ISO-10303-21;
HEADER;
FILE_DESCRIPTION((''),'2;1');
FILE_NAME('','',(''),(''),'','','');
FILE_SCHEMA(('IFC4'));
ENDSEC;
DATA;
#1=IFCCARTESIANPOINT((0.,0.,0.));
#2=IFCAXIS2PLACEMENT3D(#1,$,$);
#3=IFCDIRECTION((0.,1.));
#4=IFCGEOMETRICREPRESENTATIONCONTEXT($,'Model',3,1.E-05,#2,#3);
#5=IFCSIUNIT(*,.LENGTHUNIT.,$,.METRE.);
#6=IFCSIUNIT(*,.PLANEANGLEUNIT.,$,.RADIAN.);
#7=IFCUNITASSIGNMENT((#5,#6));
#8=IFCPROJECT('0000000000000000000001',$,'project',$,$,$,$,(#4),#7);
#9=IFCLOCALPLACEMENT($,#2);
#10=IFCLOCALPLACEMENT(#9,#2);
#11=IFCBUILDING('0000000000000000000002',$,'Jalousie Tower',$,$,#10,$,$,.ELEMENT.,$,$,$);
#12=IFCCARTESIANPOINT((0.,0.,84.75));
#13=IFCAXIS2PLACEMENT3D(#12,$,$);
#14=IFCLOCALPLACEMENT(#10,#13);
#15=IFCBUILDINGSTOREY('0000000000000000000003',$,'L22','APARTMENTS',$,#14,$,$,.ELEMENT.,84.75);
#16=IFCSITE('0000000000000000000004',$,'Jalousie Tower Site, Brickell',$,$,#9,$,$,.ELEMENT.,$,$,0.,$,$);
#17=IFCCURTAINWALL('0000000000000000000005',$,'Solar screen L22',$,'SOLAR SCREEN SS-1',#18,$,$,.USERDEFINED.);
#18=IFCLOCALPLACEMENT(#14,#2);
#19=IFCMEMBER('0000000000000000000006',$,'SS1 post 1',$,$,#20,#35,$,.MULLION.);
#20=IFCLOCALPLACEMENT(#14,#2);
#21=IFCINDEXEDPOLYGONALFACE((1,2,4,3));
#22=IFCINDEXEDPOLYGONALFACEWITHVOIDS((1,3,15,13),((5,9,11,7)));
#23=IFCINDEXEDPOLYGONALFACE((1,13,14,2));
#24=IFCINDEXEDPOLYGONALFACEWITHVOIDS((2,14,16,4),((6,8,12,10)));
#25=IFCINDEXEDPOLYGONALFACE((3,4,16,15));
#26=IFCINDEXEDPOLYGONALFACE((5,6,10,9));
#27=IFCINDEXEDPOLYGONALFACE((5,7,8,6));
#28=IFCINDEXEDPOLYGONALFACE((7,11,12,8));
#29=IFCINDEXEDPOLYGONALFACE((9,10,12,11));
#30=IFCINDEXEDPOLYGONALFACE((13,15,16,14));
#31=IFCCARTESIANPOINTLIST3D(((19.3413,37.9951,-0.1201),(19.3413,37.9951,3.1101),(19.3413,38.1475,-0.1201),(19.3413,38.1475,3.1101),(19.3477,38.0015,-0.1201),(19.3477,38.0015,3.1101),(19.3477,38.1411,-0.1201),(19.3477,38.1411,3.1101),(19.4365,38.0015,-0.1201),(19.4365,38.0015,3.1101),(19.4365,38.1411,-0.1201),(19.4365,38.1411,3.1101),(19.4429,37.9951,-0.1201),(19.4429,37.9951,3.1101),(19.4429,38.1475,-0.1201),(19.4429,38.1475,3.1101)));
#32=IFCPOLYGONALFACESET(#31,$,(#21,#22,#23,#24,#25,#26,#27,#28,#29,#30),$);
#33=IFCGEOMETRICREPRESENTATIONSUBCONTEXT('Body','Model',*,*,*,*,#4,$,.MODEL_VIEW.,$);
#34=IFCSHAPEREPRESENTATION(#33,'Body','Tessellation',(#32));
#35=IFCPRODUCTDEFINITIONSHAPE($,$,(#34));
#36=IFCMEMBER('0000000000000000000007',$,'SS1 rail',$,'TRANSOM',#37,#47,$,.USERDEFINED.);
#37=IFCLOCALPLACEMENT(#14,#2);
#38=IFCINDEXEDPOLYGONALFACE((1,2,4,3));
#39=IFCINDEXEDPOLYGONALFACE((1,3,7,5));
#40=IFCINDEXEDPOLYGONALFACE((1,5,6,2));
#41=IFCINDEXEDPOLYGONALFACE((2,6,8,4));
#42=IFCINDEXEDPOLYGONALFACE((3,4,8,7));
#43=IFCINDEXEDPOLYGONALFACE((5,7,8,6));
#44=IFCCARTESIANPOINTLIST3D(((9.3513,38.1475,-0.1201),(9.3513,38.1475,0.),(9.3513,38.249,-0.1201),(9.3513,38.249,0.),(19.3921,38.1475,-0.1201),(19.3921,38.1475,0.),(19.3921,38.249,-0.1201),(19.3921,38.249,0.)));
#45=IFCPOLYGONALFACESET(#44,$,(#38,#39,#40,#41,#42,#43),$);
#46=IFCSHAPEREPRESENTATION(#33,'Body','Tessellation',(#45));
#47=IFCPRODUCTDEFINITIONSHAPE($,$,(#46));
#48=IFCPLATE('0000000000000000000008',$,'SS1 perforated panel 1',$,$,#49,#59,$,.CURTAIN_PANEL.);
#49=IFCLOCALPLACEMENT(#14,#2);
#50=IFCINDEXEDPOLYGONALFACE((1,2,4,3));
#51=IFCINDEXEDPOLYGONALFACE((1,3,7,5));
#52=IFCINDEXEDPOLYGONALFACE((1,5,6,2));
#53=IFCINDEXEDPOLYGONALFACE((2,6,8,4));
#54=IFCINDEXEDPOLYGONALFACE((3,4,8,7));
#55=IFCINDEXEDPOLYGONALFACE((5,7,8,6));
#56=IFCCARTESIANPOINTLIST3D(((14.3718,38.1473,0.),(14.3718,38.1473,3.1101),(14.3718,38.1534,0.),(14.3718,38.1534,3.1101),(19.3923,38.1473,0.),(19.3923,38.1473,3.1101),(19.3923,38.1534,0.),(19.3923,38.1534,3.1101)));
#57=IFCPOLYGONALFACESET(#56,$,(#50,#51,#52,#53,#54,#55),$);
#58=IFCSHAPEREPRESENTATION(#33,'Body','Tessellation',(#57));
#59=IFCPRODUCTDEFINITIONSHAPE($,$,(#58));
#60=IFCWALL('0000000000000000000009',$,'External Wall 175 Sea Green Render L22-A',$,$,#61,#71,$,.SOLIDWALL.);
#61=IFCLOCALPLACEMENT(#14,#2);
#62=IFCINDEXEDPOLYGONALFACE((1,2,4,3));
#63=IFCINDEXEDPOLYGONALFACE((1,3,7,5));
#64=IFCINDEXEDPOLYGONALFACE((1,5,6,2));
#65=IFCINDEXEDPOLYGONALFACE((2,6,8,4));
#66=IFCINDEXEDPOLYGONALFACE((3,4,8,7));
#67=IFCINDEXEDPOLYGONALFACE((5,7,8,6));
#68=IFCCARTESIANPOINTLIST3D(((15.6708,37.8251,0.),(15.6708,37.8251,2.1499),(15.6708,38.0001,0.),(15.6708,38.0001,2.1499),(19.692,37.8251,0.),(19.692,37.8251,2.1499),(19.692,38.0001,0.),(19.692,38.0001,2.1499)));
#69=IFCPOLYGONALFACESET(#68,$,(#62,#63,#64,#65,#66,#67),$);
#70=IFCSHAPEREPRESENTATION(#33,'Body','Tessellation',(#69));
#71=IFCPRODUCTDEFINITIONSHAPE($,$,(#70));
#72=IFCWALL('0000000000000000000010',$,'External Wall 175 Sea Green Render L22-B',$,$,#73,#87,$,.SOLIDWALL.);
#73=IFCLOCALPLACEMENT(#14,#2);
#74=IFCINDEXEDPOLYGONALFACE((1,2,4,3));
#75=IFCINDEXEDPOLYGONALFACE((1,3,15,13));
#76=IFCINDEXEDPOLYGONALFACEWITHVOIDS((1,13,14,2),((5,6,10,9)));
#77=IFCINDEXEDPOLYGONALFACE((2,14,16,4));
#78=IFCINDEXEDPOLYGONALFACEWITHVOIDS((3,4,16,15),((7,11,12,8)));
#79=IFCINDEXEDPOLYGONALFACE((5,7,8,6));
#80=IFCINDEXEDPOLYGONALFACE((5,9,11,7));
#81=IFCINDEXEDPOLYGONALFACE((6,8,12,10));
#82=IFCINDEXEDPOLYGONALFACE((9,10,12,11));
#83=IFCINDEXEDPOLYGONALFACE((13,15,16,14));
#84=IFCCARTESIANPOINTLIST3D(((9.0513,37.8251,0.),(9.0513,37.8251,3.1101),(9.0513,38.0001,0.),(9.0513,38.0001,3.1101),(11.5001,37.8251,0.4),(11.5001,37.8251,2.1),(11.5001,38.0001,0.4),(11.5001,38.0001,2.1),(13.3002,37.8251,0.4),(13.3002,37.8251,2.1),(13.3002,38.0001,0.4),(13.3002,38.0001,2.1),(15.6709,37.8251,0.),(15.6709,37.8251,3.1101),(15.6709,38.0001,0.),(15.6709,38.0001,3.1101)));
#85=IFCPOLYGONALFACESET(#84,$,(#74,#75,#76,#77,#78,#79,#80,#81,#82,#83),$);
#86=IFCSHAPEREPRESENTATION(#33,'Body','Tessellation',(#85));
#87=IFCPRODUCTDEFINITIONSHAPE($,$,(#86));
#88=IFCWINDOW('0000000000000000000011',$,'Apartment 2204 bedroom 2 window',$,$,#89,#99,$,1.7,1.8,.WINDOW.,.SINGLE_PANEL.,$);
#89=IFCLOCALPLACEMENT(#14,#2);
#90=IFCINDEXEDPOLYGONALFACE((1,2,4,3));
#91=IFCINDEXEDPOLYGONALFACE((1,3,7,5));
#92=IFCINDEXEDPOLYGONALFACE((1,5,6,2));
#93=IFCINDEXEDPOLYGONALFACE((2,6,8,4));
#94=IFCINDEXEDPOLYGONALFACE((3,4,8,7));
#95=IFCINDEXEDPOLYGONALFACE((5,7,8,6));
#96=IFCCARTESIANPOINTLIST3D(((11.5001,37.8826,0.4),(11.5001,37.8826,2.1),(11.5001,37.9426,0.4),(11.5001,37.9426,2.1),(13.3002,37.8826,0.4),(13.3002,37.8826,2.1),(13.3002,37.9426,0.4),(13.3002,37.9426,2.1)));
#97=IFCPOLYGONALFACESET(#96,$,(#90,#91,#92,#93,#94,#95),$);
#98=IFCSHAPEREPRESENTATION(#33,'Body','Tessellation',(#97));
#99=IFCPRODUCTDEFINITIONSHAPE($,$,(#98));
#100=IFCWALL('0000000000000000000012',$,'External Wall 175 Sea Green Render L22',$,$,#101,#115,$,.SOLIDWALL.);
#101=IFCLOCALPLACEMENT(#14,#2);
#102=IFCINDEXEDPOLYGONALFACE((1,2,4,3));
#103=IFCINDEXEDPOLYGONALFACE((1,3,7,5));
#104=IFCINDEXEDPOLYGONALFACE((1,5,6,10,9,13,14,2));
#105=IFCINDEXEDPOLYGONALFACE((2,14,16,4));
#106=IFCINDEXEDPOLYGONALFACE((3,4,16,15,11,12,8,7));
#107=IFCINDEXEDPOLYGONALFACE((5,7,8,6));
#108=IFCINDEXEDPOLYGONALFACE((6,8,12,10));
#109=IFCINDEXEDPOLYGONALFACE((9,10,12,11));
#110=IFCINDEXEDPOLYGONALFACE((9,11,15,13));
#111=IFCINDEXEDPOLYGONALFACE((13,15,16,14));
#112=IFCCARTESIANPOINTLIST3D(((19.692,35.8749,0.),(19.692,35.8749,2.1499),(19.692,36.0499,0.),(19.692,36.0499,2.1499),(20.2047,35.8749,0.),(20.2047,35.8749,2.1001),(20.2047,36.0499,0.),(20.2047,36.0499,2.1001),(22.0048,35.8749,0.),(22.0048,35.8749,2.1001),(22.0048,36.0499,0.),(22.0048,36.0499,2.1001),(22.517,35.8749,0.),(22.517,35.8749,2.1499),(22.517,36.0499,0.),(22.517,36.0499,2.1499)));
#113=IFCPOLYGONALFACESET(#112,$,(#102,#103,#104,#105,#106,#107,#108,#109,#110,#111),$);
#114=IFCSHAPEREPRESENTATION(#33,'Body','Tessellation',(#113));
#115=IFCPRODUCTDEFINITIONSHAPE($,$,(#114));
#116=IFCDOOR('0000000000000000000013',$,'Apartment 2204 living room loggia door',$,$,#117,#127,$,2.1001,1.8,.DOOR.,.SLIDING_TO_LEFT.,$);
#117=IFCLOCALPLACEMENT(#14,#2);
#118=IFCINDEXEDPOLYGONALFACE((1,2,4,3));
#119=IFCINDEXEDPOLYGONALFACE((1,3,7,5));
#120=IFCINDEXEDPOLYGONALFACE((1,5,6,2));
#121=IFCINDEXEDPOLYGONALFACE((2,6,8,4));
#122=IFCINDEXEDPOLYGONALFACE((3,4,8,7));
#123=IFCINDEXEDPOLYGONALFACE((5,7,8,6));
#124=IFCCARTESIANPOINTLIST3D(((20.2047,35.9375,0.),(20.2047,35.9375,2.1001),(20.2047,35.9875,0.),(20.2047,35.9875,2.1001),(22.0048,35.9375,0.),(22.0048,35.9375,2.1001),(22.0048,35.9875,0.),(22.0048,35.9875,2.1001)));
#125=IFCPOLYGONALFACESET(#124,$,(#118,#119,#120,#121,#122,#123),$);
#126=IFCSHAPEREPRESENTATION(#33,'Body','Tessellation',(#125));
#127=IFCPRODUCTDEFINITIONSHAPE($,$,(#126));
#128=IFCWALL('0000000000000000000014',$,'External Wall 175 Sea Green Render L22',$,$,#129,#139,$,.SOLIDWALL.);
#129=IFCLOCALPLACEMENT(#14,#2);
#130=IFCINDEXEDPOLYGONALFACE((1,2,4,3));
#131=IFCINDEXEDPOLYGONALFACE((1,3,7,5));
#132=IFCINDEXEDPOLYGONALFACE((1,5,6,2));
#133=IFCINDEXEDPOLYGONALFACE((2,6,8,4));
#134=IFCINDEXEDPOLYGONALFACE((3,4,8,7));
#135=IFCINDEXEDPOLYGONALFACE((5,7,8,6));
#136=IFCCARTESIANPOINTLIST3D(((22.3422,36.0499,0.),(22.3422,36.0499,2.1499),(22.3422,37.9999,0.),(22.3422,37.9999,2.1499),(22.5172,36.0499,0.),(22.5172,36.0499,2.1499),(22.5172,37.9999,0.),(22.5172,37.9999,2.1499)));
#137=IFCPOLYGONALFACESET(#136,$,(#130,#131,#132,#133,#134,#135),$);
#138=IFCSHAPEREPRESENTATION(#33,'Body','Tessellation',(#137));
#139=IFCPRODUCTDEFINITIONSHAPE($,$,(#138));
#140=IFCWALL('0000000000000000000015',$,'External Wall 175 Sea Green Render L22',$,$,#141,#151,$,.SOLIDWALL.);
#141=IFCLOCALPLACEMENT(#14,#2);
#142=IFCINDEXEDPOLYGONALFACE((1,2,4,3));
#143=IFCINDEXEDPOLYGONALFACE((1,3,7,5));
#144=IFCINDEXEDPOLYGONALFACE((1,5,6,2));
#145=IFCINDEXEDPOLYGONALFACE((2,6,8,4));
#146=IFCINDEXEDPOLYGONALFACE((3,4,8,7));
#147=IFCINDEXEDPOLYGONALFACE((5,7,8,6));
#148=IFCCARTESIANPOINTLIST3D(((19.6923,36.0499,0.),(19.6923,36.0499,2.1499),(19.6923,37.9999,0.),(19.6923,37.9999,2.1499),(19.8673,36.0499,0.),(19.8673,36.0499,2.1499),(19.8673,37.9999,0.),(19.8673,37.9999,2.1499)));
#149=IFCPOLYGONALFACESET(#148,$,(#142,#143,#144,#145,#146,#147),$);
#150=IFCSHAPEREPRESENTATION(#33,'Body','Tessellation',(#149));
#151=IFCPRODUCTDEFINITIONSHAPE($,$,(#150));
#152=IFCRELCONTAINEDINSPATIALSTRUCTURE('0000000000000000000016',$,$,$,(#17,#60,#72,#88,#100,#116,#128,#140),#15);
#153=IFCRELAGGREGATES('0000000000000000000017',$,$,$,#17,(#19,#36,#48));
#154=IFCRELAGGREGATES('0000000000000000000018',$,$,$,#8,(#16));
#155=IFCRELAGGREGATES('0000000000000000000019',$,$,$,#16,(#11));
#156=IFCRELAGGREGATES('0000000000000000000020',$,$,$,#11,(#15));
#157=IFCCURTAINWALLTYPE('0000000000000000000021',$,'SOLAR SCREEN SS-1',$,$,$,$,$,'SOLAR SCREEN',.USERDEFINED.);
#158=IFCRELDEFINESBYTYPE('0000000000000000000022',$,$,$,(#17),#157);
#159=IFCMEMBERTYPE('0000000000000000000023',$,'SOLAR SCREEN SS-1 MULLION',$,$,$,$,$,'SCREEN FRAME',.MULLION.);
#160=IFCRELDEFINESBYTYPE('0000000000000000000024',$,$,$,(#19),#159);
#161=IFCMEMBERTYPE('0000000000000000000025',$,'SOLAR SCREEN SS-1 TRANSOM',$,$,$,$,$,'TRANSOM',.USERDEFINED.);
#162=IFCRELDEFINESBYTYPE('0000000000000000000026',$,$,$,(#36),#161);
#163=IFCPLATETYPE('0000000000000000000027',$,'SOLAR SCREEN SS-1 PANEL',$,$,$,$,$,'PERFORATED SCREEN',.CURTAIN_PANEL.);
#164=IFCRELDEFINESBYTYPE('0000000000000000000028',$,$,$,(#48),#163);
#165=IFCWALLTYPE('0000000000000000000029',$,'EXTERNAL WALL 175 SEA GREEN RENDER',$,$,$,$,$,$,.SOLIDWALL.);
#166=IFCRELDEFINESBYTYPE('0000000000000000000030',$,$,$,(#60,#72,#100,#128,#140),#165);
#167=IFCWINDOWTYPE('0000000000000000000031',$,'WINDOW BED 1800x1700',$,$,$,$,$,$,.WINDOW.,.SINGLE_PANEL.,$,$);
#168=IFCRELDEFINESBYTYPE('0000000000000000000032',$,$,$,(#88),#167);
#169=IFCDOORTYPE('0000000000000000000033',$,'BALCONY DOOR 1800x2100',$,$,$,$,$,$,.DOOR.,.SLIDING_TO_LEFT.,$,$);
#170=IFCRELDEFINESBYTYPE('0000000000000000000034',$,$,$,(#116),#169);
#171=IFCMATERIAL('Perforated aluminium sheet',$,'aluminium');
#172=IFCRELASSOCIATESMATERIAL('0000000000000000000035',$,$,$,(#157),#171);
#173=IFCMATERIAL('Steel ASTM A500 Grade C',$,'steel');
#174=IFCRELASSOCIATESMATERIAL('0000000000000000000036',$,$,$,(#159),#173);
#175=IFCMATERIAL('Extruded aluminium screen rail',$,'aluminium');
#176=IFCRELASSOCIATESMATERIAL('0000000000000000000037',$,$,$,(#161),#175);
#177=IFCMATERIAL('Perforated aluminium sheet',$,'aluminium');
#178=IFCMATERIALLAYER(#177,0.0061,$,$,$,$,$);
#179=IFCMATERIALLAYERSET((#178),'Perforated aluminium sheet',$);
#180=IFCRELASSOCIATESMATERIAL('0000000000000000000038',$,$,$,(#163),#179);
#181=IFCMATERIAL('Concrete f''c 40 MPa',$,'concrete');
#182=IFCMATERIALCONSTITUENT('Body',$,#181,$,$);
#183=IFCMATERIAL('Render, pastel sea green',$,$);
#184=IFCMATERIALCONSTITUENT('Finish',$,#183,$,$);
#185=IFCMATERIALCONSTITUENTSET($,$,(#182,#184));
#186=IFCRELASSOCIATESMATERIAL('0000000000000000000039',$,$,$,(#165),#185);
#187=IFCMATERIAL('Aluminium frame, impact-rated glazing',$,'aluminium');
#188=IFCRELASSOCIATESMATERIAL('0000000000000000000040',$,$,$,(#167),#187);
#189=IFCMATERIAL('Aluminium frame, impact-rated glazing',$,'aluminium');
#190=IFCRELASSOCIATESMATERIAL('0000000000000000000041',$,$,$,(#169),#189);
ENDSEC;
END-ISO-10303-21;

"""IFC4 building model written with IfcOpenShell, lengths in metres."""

from ifc_helpers import new_model, si_unit, direction, frame, frame_2d, origin, origin_2d, place, context, subcontext, project, spatial, rectangle, hollow_rectangle, extrude, material, layer, layer_set, constituent, constituent_set, material_profile, profile_set, type_object, element, fill, aggregate, save


model = new_model("IFC4")

# Units and contexts
model_context = context("Model", 3, precision=1e-05, world=origin(), true_north=direction((0.0, 1.0)))
body_context = subcontext(model_context, "Body", "Model", "MODEL_VIEW")
ifc_project = project(units=[si_unit("LENGTHUNIT", "METRE"), si_unit("PLANEANGLEUNIT", "RADIAN")], contexts=[model_context])

# Site, building, storey
site_placement = place(None, origin())
site = spatial("IfcSite", under=ifc_project, at=site_placement, Name="Jalousie Tower Site, Brickell", CompositionType="ELEMENT", RefElevation=0.0)
building_placement = place(site_placement, origin())
building = spatial("IfcBuilding", under=site, at=building_placement, Name="Jalousie Tower", CompositionType="ELEMENT")
storey_placement = place(building_placement, frame((0.0, 0.0, 84.75)))
storey = spatial("IfcBuildingStorey", under=building, at=storey_placement, Name="L22", Description="APARTMENTS", CompositionType="ELEMENT", Elevation=84.75)

# Shared definitions
ifc_material_1 = material(Name="Perforated aluminium sheet", Category="aluminium")
curtain_wall_type = type_object("IfcCurtainWallType", Name="SOLAR SCREEN SS-1", ElementType="SOLAR SCREEN", PredefinedType="USERDEFINED", material=ifc_material_1)
ifc_material_2 = material(Name="Steel ASTM A500 Grade C", Category="steel")
ifc_material_profile_1 = material_profile(ifc_material_2, hollow_rectangle(XDim=0.1016, YDim=0.1523, WallThickness=0.0063, at=origin_2d()), Name="HSS6X4X1/4")
ifc_profile_set_1 = profile_set([ifc_material_profile_1], Name="Steel ASTM A500 Grade C")
member_type_1 = type_object("IfcMemberType", Name="SOLAR SCREEN SS-1 MULLION", ElementType="SCREEN FRAME", PredefinedType="MULLION", material=ifc_profile_set_1)

# Curtain wall, members, plate
curtain_wall_1_placement = place(storey_placement, origin())
curtain_wall_1 = element("IfcCurtainWall", 1, at=curtain_wall_1_placement, inside=storey, type_object=curtain_wall_type, Name="Solar screen L22", ObjectType="SOLAR SCREEN SS-1", PredefinedType="USERDEFINED")
member_1_placement = place(storey_placement, frame((19.3921, 38.0713, -0.1201), z_axis=(0.0, 0.0, 1.0), x_axis=(-1.0, 0.0, 0.0)))
member_1 = element("IfcMember", 2, at=member_1_placement, type_object=member_type_1, Name="SS1 post 1", PredefinedType="MULLION", context=body_context, shape_type="SweptSolid", body=[
    extrude(hollow_rectangle(XDim=0.1016, YDim=0.1523, WallThickness=0.0063, at=origin_2d()), origin(), (0.0, 0.0, 1.0), 3.2302),
])
ifc_material_3 = material(Name="Extruded aluminium screen rail", Category="aluminium")
ifc_material_profile_2 = material_profile(ifc_material_3, rectangle(XDim=0.1016, YDim=0.1201, at=origin_2d()), Name="RAIL 102x120")
ifc_profile_set_2 = profile_set([ifc_material_profile_2], Name="Extruded aluminium screen rail")
member_type_2 = type_object("IfcMemberType", Name="SOLAR SCREEN SS-1 TRANSOM", ElementType="TRANSOM", PredefinedType="USERDEFINED", material=ifc_profile_set_2)
member_2_placement = place(storey_placement, frame((19.3921, 38.1982, -0.0601), z_axis=(-1.0, 0.0, 0.0), x_axis=(0.0, -1.0, 0.0)))
member_2 = element("IfcMember", 3, at=member_2_placement, type_object=member_type_2, Name="SS1 rail", ObjectType="TRANSOM", PredefinedType="USERDEFINED", context=body_context, shape_type="SweptSolid", body=[
    extrude(rectangle(XDim=0.1016, YDim=0.1201, at=origin_2d()), origin(), (0.0, 0.0, 1.0), 10.0408),
])
ifc_material_4 = material(Name="Perforated aluminium sheet", Category="aluminium")
ifc_layer_1 = layer(ifc_material_4, 0.0061)
ifc_layer_set_1 = layer_set([ifc_layer_1], Name="Perforated aluminium sheet")
plate_type = type_object("IfcPlateType", Name="SOLAR SCREEN SS-1 PANEL", ElementType="PERFORATED SCREEN", PredefinedType="CURTAIN_PANEL", material=ifc_layer_set_1)
plate_placement = place(storey_placement, frame((16.8821, 38.1504, 0.0), z_axis=(0.0, 0.0, 1.0), x_axis=(-1.0, 0.0, 0.0)))
plate = element("IfcPlate", 4, at=plate_placement, type_object=plate_type, Name="SS1 perforated panel 1", PredefinedType="CURTAIN_PANEL", context=body_context, shape_type="SweptSolid", body=[
    extrude(rectangle(XDim=5.0205, YDim=0.0061, at=origin_2d()), origin(), (0.0, 0.0, 1.0), 3.1101),
])
aggregate(curtain_wall_1, [member_1, member_2, plate])

# Wall
ifc_material_5 = material(Name="Concrete f'c 40 MPa", Category="concrete")
ifc_constituent_1 = constituent(ifc_material_5, Name="Body")
ifc_material_6 = material(Name="Render, pastel sea green")
ifc_constituent_2 = constituent(ifc_material_6, Name="Finish")
ifc_constituent_set_1 = constituent_set(constituents=[ifc_constituent_1, ifc_constituent_2])
wall_type_1 = type_object("IfcWallType", Name="EXTERNAL WALL 175 SEA GREEN RENDER", PredefinedType="SOLIDWALL", material=ifc_constituent_set_1)
wall_1_placement = place(storey_placement, frame((19.6921, 37.9126, 0.0), z_axis=(0.0, 0.0, 1.0), x_axis=(-1.0, 0.0, 0.0)))
element("IfcWall", 5, at=wall_1_placement, inside=storey, type_object=wall_type_1, Name="External Wall 175 Sea Green Render L22-A", PredefinedType="SOLIDWALL", context=body_context, shape_type="SweptSolid", body=[
    extrude(rectangle(XDim=4.0212, YDim=0.175, at=frame_2d((2.0107, 0.0))), origin(), (0.0, 0.0, 1.0), 2.1499),
])

# Wall, opening, window
wall_2_placement = place(storey_placement, frame((15.6709, 37.9126, 0.0), z_axis=(0.0, 0.0, 1.0), x_axis=(-1.0, 0.0, 0.0)))
wall_2 = element("IfcWall", 6, at=wall_2_placement, inside=storey, type_object=wall_type_1, Name="External Wall 175 Sea Green Render L22-B", PredefinedType="SOLIDWALL", context=body_context, shape_type="SweptSolid", body=[
    extrude(rectangle(XDim=6.6196, YDim=0.175, at=frame_2d((3.3098, 0.0))), origin(), (0.0, 0.0, 1.0), 3.1101),
])
opening_1_placement = place(wall_2_placement, frame((2.3708, 0.0, 0.3999)))
opening_1 = element("IfcOpeningElement", 7, at=opening_1_placement, cuts=wall_2, PredefinedType="OPENING", context=body_context, shape_type="SweptSolid", body=[
    extrude(rectangle(XDim=1.8, YDim=1.7, at=frame_2d((0.8999, 0.8501))), frame((0.0, 0.0974, 0.0), z_axis=(0.0, -1.0, 0.0), x_axis=(1.0, 0.0, 0.0)), (0.0, 0.0, 1.0), 0.1951),
])
ifc_material_7 = material(Name="Aluminium frame, impact-rated glazing", Category="aluminium")
window_type = type_object("IfcWindowType", Name="WINDOW BED 1800x1700", PartitioningType="SINGLE_PANEL", PredefinedType="WINDOW", material=ifc_material_7)
window_placement = place(opening_1_placement, origin())
window = element("IfcWindow", 8, at=window_placement, inside=storey, type_object=window_type, Name="Apartment 2204 bedroom 2 window", OverallHeight=1.7, OverallWidth=1.8, PartitioningType="SINGLE_PANEL", PredefinedType="WINDOW", context=body_context, shape_type="SweptSolid", body=[
    extrude(rectangle(XDim=1.8, YDim=1.7, at=frame_2d((0.8999, 0.8501))), frame((0.0, 0.03, 0.0), z_axis=(0.0, -1.0, 0.0), x_axis=(1.0, 0.0, 0.0)), (0.0, 0.0, 1.0), 0.0601),
])
fill(opening_1, window)

# Wall, opening, door
wall_3_placement = place(storey_placement, frame((22.5171, 35.9624, 0.0), z_axis=(0.0, 0.0, 1.0), x_axis=(-1.0, 0.0, 0.0)))
wall_3 = element("IfcWall", 9, at=wall_3_placement, inside=storey, type_object=wall_type_1, Name="External Wall 175 Sea Green Render L22", PredefinedType="SOLIDWALL", context=body_context, shape_type="SweptSolid", body=[
    extrude(rectangle(XDim=2.825, YDim=0.175, at=frame_2d((1.4126, 0.0))), origin(), (0.0, 0.0, 1.0), 2.1499),
])
opening_2_placement = place(wall_3_placement, frame((0.5125, 0.0, 0.0)))
opening_2 = element("IfcOpeningElement", 10, at=opening_2_placement, cuts=wall_3, PredefinedType="OPENING", context=body_context, shape_type="SweptSolid", body=[
    extrude(rectangle(XDim=1.8, YDim=2.1001, at=frame_2d((0.8999, 1.05))), frame((0.0, 0.0974, 0.0), z_axis=(0.0, -1.0, 0.0), x_axis=(1.0, 0.0, 0.0)), (0.0, 0.0, 1.0), 0.1951),
])
ifc_material_8 = material(Name="Aluminium frame, impact-rated glazing", Category="aluminium")
door_type_1 = type_object("IfcDoorType", Name="BALCONY DOOR 1800x2100", OperationType="SLIDING_TO_LEFT", PredefinedType="DOOR", material=ifc_material_8)
door_1_placement = place(opening_2_placement, origin())
door_1 = element("IfcDoor", 11, at=door_1_placement, inside=storey, type_object=door_type_1, Name="Apartment 2204 living room loggia door", OperationType="SLIDING_TO_LEFT", OverallHeight=2.1001, OverallWidth=1.8, PredefinedType="DOOR", context=body_context, shape_type="SweptSolid", body=[
    extrude(rectangle(XDim=1.8, YDim=2.1001, at=frame_2d((0.8999, 1.05))), frame((0.0, 0.0249, 0.0), z_axis=(0.0, -1.0, 0.0), x_axis=(1.0, 0.0, 0.0)), (0.0, 0.0, 1.0), 0.05),
])
fill(opening_2, door_1)

# Walls
for number, where, z_axis, x_axis, name in (
    (12, (22.4297, 38.0, 0.0), (0.0, 0.0, 1.0), (0.0, -1.0, 0.0), "External Wall 175 Sea Green Render L22"),
    (13, (19.7798, 38.0, 0.0), (0.0, 0.0, 1.0), (0.0, -1.0, 0.0), "External Wall 175 Sea Green Render L22"),
):
    element("IfcWall", number, at=place(storey_placement, frame(where, z_axis=z_axis, x_axis=x_axis)), inside=storey, type_object=wall_type_1, Name=name, PredefinedType="SOLIDWALL", context=body_context, shape_type="SweptSolid", body=[
        extrude(rectangle(XDim=1.95, YDim=0.175, at=frame_2d((0.9751, 0.0))), origin(), (0.0, 0.0, 1.0), 2.1499),
    ])

save(model, "model.ifc")
